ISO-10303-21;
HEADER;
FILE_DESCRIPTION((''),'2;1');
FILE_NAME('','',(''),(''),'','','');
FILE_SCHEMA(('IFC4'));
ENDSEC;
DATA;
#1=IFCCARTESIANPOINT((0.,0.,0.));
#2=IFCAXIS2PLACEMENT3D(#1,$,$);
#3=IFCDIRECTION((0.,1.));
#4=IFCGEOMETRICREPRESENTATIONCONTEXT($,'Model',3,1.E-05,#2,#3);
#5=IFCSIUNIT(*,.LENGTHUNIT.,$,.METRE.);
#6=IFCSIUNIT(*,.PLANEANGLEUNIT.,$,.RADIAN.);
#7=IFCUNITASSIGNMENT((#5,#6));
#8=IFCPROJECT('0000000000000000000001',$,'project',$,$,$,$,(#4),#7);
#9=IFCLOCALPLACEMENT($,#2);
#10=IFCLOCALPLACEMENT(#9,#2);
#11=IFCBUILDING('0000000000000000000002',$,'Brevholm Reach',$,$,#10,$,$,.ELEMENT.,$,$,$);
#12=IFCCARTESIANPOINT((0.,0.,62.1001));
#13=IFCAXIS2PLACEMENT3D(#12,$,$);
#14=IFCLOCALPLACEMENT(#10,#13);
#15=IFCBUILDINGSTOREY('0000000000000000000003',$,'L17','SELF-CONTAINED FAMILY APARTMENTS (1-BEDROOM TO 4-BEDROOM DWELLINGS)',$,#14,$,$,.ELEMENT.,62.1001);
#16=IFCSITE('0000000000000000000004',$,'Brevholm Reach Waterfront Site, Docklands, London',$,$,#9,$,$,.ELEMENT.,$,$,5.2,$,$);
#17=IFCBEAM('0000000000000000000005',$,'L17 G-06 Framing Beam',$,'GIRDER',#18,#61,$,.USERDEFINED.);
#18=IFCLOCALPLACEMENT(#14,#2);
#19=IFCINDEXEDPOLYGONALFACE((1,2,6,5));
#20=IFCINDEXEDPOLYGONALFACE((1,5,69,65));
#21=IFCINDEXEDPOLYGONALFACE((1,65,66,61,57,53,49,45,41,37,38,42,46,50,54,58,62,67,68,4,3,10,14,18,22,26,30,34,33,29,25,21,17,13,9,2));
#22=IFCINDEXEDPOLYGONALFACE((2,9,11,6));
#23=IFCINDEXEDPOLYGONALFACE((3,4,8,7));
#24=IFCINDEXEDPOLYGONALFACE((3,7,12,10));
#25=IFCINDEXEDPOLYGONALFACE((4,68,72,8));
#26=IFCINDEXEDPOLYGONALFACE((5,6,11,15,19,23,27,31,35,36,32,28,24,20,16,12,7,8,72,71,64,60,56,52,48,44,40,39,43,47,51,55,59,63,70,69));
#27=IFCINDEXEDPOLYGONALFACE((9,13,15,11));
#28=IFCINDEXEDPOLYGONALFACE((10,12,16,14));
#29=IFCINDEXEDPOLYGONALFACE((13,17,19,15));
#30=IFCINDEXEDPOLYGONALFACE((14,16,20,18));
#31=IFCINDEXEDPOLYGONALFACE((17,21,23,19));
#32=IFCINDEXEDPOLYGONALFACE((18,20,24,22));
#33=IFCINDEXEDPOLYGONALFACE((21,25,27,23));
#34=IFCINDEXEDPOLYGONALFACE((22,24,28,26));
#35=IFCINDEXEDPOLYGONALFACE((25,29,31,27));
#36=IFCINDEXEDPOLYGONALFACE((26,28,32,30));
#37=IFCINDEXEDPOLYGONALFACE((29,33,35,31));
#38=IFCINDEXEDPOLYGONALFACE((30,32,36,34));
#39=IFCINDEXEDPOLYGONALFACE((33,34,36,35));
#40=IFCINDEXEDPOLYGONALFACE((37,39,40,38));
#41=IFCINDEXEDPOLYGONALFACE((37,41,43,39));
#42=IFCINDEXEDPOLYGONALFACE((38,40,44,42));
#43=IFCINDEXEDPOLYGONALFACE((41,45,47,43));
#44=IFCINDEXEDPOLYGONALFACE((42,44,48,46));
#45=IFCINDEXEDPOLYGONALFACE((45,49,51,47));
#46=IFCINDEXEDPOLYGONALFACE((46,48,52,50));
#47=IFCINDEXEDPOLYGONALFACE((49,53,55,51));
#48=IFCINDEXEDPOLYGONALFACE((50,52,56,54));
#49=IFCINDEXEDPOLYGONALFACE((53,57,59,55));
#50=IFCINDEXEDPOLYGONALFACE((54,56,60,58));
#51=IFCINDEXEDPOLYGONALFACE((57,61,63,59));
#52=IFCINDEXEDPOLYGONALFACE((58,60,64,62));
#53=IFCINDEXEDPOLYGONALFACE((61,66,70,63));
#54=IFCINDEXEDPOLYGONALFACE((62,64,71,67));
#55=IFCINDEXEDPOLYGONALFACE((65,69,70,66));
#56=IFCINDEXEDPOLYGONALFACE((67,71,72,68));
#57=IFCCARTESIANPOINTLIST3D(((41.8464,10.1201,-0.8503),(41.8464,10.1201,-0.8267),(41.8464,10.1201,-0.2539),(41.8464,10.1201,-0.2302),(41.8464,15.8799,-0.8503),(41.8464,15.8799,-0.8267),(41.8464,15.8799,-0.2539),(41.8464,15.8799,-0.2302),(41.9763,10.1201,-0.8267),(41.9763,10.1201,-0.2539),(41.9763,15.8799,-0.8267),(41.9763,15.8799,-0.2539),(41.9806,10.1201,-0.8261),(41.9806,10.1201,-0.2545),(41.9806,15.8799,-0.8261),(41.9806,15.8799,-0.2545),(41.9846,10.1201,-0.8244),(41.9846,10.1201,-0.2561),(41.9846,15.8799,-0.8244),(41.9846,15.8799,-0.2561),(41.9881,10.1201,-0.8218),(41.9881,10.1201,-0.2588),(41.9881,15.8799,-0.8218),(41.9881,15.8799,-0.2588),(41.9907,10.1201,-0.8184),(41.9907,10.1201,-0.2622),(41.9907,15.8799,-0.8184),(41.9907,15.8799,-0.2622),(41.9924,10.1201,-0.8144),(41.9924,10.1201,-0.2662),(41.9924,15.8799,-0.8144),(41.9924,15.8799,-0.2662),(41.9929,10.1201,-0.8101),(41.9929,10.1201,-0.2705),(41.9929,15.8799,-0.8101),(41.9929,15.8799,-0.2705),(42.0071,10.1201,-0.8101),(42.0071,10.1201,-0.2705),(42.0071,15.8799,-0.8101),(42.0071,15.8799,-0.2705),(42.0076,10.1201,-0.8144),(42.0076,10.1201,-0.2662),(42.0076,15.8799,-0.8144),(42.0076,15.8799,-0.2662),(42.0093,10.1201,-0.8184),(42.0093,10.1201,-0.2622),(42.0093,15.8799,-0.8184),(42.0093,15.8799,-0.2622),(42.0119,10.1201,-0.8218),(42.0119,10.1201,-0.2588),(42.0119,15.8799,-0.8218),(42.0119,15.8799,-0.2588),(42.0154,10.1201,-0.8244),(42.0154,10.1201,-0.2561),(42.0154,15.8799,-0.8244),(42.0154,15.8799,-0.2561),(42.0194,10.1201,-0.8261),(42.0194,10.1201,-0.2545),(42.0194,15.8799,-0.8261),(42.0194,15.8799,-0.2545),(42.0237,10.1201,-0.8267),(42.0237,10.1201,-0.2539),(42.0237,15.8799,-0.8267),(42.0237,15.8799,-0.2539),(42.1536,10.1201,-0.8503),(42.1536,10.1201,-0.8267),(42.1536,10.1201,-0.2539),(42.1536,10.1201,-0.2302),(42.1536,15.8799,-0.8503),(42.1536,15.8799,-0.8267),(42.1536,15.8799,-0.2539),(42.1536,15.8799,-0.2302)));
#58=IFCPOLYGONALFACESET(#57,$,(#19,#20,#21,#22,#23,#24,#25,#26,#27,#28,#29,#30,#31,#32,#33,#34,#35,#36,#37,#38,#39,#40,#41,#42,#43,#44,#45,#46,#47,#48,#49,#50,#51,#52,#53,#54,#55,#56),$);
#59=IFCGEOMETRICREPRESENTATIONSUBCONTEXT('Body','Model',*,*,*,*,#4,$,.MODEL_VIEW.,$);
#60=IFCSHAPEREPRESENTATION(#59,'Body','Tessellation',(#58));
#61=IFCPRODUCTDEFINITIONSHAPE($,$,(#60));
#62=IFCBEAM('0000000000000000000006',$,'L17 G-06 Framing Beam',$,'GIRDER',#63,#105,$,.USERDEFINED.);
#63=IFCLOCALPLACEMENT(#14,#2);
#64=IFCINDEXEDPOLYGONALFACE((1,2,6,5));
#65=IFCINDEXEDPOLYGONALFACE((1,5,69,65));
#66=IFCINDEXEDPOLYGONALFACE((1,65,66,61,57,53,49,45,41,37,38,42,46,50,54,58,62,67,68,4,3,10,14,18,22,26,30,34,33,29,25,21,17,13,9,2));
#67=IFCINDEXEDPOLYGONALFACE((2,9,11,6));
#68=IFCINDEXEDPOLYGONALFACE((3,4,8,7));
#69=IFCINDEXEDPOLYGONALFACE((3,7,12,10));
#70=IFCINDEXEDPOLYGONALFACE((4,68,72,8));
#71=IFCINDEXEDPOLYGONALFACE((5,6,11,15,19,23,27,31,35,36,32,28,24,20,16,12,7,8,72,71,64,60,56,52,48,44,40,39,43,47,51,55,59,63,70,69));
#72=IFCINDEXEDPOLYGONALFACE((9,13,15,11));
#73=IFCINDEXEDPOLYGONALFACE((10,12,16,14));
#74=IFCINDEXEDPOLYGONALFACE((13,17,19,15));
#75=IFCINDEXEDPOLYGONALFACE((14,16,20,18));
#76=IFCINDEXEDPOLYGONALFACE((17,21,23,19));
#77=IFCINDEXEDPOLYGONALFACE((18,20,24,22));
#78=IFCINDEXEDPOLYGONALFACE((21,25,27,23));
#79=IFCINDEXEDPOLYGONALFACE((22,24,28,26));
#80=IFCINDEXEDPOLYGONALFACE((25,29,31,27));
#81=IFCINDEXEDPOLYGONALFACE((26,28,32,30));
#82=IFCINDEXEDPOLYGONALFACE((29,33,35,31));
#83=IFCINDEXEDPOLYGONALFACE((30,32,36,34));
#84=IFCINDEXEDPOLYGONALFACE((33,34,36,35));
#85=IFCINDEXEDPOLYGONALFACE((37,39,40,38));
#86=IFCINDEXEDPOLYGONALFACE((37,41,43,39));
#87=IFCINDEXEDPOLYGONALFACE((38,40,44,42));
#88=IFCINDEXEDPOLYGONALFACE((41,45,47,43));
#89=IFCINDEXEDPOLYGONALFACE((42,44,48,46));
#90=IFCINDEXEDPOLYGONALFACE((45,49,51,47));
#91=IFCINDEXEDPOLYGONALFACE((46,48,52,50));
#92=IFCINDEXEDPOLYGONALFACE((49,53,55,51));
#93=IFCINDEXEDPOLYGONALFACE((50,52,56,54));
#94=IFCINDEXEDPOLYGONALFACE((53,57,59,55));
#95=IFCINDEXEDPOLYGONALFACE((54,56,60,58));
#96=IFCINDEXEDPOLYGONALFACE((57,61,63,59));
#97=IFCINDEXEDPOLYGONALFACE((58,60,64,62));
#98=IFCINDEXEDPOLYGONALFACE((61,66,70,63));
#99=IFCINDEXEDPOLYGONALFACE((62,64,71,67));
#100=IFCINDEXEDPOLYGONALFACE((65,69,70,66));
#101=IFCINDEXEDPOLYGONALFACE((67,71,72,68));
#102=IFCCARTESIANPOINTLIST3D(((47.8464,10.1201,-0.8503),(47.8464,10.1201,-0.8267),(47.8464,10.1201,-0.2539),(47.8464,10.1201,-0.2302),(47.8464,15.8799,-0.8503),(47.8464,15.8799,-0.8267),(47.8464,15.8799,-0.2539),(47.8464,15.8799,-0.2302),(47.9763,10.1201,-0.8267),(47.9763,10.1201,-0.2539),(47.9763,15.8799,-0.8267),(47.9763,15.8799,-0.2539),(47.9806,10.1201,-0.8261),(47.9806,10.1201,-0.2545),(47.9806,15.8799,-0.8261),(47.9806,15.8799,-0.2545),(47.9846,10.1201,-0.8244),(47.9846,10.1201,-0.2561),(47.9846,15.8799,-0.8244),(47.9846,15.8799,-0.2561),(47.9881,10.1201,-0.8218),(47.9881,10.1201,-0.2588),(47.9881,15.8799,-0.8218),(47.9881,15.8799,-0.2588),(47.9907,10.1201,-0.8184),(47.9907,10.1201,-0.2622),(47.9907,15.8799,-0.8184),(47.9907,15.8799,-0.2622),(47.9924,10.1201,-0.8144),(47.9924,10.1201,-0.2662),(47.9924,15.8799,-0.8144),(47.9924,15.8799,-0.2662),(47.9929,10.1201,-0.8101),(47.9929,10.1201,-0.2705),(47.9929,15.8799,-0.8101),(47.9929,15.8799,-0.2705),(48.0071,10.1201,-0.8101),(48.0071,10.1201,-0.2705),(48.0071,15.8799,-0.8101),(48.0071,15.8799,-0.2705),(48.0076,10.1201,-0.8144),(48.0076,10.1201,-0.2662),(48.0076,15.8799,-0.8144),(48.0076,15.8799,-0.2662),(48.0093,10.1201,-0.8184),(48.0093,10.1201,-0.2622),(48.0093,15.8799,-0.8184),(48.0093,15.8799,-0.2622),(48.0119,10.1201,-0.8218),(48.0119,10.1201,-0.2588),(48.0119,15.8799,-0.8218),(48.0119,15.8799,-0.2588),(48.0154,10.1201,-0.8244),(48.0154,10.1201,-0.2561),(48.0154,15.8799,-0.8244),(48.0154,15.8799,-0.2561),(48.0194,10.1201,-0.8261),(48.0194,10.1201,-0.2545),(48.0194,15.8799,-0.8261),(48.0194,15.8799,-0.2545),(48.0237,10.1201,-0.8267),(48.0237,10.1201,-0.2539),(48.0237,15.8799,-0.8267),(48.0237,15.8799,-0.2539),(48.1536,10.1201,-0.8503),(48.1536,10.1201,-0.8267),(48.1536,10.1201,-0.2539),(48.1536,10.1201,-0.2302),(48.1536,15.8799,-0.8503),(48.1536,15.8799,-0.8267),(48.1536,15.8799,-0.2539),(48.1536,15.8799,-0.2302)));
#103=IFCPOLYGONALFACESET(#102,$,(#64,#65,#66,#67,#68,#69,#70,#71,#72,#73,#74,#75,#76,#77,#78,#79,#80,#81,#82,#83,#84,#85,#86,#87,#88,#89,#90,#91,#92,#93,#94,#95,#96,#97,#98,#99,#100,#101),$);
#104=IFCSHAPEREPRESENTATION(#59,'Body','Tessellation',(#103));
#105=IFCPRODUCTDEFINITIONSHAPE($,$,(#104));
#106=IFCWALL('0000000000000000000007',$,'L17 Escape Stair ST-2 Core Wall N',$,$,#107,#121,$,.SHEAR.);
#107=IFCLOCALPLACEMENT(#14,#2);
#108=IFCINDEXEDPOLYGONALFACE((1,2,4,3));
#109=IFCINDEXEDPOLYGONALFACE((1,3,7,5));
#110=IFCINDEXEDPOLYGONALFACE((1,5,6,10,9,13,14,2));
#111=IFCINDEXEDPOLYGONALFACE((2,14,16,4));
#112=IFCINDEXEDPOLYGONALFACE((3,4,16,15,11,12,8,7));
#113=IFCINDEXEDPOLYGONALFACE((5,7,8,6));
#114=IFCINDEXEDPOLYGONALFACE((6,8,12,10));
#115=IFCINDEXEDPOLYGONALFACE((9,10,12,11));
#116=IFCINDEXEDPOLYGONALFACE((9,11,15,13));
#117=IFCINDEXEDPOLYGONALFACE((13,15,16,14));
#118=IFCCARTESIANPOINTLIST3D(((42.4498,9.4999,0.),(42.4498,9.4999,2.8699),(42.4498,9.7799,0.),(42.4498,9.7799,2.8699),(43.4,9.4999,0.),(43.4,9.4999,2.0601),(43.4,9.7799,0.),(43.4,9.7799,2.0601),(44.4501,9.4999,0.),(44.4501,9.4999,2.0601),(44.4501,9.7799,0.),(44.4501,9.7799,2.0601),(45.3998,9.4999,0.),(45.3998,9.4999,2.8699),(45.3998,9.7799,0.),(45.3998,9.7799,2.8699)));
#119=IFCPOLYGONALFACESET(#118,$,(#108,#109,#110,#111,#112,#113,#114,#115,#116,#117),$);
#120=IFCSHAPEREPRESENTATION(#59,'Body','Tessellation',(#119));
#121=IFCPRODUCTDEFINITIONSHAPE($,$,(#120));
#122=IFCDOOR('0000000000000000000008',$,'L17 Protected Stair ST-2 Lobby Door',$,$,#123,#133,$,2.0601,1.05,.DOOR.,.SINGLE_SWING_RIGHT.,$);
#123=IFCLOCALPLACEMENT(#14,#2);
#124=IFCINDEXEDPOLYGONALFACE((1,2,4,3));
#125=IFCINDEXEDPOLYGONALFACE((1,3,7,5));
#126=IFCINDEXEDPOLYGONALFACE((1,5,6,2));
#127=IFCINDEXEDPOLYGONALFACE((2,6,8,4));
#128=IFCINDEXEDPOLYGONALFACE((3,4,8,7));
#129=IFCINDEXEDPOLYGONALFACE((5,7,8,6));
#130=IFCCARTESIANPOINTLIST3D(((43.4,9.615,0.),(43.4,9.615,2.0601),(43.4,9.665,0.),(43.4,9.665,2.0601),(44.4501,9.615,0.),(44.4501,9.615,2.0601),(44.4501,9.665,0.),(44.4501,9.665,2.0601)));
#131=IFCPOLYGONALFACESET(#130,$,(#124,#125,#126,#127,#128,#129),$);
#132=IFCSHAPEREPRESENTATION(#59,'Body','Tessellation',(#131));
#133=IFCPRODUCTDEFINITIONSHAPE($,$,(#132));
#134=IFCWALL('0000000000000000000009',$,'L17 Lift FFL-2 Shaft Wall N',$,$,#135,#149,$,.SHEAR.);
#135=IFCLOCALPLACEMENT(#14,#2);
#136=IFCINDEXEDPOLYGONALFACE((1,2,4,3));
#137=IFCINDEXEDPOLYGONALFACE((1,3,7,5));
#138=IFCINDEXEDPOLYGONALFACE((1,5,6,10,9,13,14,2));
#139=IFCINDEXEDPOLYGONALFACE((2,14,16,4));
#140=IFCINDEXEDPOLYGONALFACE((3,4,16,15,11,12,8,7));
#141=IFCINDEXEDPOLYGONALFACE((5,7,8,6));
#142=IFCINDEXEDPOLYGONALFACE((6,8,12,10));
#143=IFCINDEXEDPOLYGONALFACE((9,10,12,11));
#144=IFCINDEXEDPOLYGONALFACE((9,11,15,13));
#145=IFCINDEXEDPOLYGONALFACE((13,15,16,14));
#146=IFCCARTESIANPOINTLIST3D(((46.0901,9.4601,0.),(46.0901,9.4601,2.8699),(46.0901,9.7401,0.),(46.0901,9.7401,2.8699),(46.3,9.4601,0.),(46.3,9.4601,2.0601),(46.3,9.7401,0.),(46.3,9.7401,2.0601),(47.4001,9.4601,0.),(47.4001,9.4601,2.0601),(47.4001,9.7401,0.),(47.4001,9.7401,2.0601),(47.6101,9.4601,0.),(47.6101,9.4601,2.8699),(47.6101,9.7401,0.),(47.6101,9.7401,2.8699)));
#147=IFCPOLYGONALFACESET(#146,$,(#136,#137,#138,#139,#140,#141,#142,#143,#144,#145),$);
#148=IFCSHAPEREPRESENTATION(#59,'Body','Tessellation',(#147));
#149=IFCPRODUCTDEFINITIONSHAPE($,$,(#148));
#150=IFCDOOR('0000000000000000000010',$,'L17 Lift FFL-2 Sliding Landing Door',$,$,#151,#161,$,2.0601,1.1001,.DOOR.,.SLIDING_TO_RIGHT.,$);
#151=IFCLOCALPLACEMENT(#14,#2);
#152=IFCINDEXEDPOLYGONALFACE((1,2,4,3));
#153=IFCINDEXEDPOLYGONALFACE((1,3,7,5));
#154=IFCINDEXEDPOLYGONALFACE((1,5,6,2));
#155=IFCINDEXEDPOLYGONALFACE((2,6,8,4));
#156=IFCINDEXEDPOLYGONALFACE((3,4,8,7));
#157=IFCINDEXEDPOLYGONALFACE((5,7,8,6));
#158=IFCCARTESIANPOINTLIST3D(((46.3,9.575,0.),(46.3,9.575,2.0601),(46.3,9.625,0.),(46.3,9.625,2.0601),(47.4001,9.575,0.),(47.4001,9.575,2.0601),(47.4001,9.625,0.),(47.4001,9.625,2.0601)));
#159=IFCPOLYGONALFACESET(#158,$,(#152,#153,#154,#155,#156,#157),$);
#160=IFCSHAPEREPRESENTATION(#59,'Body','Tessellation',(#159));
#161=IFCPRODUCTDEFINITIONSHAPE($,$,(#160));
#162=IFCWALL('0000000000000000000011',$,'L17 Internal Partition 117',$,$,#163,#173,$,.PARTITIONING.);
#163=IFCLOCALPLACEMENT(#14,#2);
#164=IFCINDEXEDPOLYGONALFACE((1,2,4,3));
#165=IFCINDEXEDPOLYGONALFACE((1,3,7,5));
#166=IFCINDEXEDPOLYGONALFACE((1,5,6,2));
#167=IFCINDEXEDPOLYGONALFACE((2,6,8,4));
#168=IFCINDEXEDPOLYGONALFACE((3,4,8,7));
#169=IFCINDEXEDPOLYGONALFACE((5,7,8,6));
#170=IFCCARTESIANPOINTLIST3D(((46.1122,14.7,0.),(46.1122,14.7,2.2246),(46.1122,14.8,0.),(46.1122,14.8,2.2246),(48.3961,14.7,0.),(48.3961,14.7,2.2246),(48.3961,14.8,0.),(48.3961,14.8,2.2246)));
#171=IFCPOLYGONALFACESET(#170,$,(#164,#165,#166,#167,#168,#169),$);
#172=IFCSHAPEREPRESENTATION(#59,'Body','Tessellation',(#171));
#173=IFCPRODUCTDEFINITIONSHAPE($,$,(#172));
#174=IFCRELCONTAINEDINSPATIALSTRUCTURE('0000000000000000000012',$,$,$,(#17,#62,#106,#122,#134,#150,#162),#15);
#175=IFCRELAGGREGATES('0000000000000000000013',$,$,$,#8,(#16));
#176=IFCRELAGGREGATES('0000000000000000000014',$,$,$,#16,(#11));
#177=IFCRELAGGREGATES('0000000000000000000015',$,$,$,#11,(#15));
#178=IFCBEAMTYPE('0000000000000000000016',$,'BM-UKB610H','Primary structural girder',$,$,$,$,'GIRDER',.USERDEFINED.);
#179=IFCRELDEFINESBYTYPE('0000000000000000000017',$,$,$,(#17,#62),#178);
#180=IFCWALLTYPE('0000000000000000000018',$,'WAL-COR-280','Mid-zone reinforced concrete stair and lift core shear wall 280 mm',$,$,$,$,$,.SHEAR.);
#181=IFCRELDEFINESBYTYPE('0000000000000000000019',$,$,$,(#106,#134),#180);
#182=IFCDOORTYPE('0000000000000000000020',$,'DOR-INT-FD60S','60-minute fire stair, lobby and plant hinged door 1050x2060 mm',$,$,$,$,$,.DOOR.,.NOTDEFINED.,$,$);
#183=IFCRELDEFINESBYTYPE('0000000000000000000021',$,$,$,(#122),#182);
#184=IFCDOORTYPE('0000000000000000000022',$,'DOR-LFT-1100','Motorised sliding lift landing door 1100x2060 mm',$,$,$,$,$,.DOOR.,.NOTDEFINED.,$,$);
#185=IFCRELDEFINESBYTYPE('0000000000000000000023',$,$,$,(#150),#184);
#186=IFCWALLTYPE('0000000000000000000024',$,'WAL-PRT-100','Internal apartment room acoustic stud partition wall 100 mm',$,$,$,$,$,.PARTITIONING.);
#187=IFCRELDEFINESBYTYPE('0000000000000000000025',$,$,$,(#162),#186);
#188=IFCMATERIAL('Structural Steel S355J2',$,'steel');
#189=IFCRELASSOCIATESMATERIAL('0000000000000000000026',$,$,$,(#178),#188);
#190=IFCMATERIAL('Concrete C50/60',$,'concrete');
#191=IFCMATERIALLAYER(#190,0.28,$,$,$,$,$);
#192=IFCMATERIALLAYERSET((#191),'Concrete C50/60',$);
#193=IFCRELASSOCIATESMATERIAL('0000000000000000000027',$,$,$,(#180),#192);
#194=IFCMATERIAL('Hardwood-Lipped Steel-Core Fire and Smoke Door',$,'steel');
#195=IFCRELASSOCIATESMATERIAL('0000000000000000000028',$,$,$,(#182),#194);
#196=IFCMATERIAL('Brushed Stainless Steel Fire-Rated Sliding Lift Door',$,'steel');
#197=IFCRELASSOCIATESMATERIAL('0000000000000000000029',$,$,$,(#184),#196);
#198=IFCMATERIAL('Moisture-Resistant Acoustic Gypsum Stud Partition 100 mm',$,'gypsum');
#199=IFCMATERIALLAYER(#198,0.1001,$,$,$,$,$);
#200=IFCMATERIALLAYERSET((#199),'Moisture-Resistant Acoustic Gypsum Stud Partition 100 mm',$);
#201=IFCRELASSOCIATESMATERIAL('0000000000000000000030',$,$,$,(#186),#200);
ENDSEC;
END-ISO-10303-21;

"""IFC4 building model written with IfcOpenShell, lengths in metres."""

from ifc_helpers import new_model, si_unit, direction, frame, frame_2d, origin, origin_2d, place, context, subcontext, project, spatial, rectangle, i_section, extrude, material, layer, layer_set, material_profile, profile_set, type_object, element, fill, save


model = new_model("IFC4")

# Units and contexts
model_context = context("Model", 3, precision=1e-05, world=origin(), true_north=direction((0.0, 1.0)))
body_context = subcontext(model_context, "Body", "Model", "MODEL_VIEW")
ifc_project = project(units=[si_unit("LENGTHUNIT", "METRE"), si_unit("PLANEANGLEUNIT", "RADIAN")], contexts=[model_context])

# Site, building, storey
site_placement = place(None, origin())
site = spatial("IfcSite", under=ifc_project, at=site_placement, Name="Brevholm Reach Waterfront Site, Docklands, London", CompositionType="ELEMENT", RefElevation=5.2)
building_placement = place(site_placement, origin())
building = spatial("IfcBuilding", under=site, at=building_placement, Name="Brevholm Reach", CompositionType="ELEMENT")
storey_placement = place(building_placement, frame((0.0, 0.0, 62.1001)))
storey = spatial("IfcBuildingStorey", under=building, at=storey_placement, Name="L17", Description="SELF-CONTAINED FAMILY APARTMENTS (1-BEDROOM TO 4-BEDROOM DWELLINGS)", CompositionType="ELEMENT", Elevation=62.1001)

# Beams
ifc_material_1 = material(Name="Structural Steel S355J2", Category="steel")
ifc_material_profile_1 = material_profile(ifc_material_1, i_section(OverallWidth=0.3071, OverallDepth=0.6201, WebThickness=0.0142, FlangeThickness=0.0237, FilletRadius=0.0166, at=origin_2d()), Name="UKB 610x305x179")
ifc_profile_set_1 = profile_set([ifc_material_profile_1], Name="Structural Steel S355J2")
beam_type = type_object("IfcBeamType", Name="BM-UKB610H", Description="Primary structural girder", ElementType="GIRDER", PredefinedType="USERDEFINED", material=ifc_profile_set_1)
for number, where, z_axis, x_axis, name in (
    (1, (42.0, 10.1201, -0.5403), (0.0, 1.0, 0.0), (-1.0, 0.0, 0.0), "L17 G-06 Framing Beam"),
    (2, (48.0, 10.1201, -0.5403), (0.0, 1.0, 0.0), (-1.0, 0.0, 0.0), "L17 G-06 Framing Beam"),
):
    element("IfcBeam", number, at=place(storey_placement, frame(where, z_axis=z_axis, x_axis=x_axis)), inside=storey, type_object=beam_type, Name=name, ObjectType="GIRDER", PredefinedType="USERDEFINED", context=body_context, shape_type="SweptSolid", body=[
        extrude(i_section(OverallWidth=0.3071, OverallDepth=0.6201, WebThickness=0.0142, FlangeThickness=0.0237, FilletRadius=0.0166, at=origin_2d()), origin(), (0.0, 0.0, 1.0), 5.7598),
    ])

# Walls, openings, doors
ifc_material_2 = material(Name="Concrete C50/60", Category="concrete")
ifc_layer_1 = layer(ifc_material_2, 0.28)
ifc_layer_set_1 = layer_set([ifc_layer_1], Name="Concrete C50/60")
wall_type_1 = type_object("IfcWallType", Name="WAL-COR-280", Description="Mid-zone reinforced concrete stair and lift core shear wall 280 mm", PredefinedType="SHEAR", material=ifc_layer_set_1)
wall_1_placement = place(storey_placement, frame((45.3999, 9.6399, 0.0), z_axis=(0.0, 0.0, 1.0), x_axis=(-1.0, 0.0, 0.0)))
wall_1 = element("IfcWall", 3, at=wall_1_placement, inside=storey, type_object=wall_type_1, Name="L17 Escape Stair ST-2 Core Wall N", PredefinedType="SHEAR", context=body_context, shape_type="SweptSolid", body=[
    extrude(rectangle(XDim=2.95, YDim=0.28, at=frame_2d((1.4751, 0.0))), origin(), (0.0, 0.0, 1.0), 2.8699),
])
opening_1_placement = place(wall_1_placement, frame((0.95, 0.0, 0.0)))
opening_1 = element("IfcOpeningElement", 4, at=opening_1_placement, cuts=wall_1, PredefinedType="OPENING", context=body_context, shape_type="SweptSolid", body=[
    extrude(rectangle(XDim=1.05, YDim=2.0601, at=frame_2d((0.5249, 1.03))), frame((0.0, 0.1499, 0.0), z_axis=(0.0, -1.0, 0.0), x_axis=(1.0, 0.0, 0.0)), (0.0, 0.0, 1.0), 0.3),
])
ifc_material_3 = material(Name="Hardwood-Lipped Steel-Core Fire and Smoke Door", Category="steel")
door_type_1 = type_object("IfcDoorType", Name="DOR-INT-FD60S", Description="60-minute fire stair, lobby and plant hinged door 1050x2060 mm", OperationType="NOTDEFINED", PredefinedType="DOOR", material=ifc_material_3)
door_1_placement = place(opening_1_placement, origin())
door_1 = element("IfcDoor", 5, at=door_1_placement, inside=storey, type_object=door_type_1, Name="L17 Protected Stair ST-2 Lobby Door", OperationType="SINGLE_SWING_RIGHT", OverallHeight=2.0601, OverallWidth=1.05, PredefinedType="DOOR", context=body_context, shape_type="SweptSolid", body=[
    extrude(rectangle(XDim=1.05, YDim=2.0601, at=frame_2d((0.5249, 1.03))), frame((0.0, 0.0249, 0.0), z_axis=(0.0, -1.0, 0.0), x_axis=(1.0, 0.0, 0.0)), (0.0, 0.0, 1.0), 0.05),
])
fill(opening_1, door_1)
wall_2_placement = place(storey_placement, frame((46.0901, 9.6001, 0.0), z_axis=(0.0, 0.0, 1.0), x_axis=(1.0, 0.0, 0.0)))
wall_2 = element("IfcWall", 6, at=wall_2_placement, inside=storey, type_object=wall_type_1, Name="L17 Lift FFL-2 Shaft Wall N", PredefinedType="SHEAR", context=body_context, shape_type="SweptSolid", body=[
    extrude(rectangle(XDim=1.52, YDim=0.28, at=frame_2d((0.76, 0.0))), origin(), (0.0, 0.0, 1.0), 2.8699),
])
opening_2_placement = place(wall_2_placement, frame((0.21, 0.0, 0.0)))
opening_2 = element("IfcOpeningElement", 7, at=opening_2_placement, cuts=wall_2, PredefinedType="OPENING", context=body_context, shape_type="SweptSolid", body=[
    extrude(rectangle(XDim=1.1001, YDim=2.0601, at=frame_2d((0.55, 1.03))), frame((0.0, 0.1499, 0.0), z_axis=(0.0, -1.0, 0.0), x_axis=(1.0, 0.0, 0.0)), (0.0, 0.0, 1.0), 0.3),
])
ifc_material_4 = material(Name="Brushed Stainless Steel Fire-Rated Sliding Lift Door", Category="steel")
door_type_2 = type_object("IfcDoorType", Name="DOR-LFT-1100", Description="Motorised sliding lift landing door 1100x2060 mm", OperationType="NOTDEFINED", PredefinedType="DOOR", material=ifc_material_4)
door_2_placement = place(opening_2_placement, origin())
door_2 = element("IfcDoor", 8, at=door_2_placement, inside=storey, type_object=door_type_2, Name="L17 Lift FFL-2 Sliding Landing Door", OperationType="SLIDING_TO_RIGHT", OverallHeight=2.0601, OverallWidth=1.1001, PredefinedType="DOOR", context=body_context, shape_type="SweptSolid", body=[
    extrude(rectangle(XDim=1.1001, YDim=2.0601, at=frame_2d((0.55, 1.03))), frame((0.0, 0.0249, 0.0), z_axis=(0.0, -1.0, 0.0), x_axis=(1.0, 0.0, 0.0)), (0.0, 0.0, 1.0), 0.05),
])
fill(opening_2, door_2)

# Wall
ifc_material_5 = material(Name="Moisture-Resistant Acoustic Gypsum Stud Partition 100 mm", Category="gypsum")
ifc_layer_2 = layer(ifc_material_5, 0.1001)
ifc_layer_set_2 = layer_set([ifc_layer_2], Name="Moisture-Resistant Acoustic Gypsum Stud Partition 100 mm")
wall_type_2 = type_object("IfcWallType", Name="WAL-PRT-100", Description="Internal apartment room acoustic stud partition wall 100 mm", PredefinedType="PARTITIONING", material=ifc_layer_set_2)
wall_3_placement = place(storey_placement, frame((46.1121, 14.75, 0.0), z_axis=(0.0, 0.0, 1.0), x_axis=(1.0, 0.0, 0.0)))
element("IfcWall", 9, at=wall_3_placement, inside=storey, type_object=wall_type_2, Name="L17 Internal Partition 117", PredefinedType="PARTITIONING", context=body_context, shape_type="SweptSolid", body=[
    extrude(rectangle(XDim=2.2839, YDim=0.1001, at=frame_2d((1.1421, 0.0))), origin(), (0.0, 0.0, 1.0), 2.2246),
])

save(model, "model.ifc")
